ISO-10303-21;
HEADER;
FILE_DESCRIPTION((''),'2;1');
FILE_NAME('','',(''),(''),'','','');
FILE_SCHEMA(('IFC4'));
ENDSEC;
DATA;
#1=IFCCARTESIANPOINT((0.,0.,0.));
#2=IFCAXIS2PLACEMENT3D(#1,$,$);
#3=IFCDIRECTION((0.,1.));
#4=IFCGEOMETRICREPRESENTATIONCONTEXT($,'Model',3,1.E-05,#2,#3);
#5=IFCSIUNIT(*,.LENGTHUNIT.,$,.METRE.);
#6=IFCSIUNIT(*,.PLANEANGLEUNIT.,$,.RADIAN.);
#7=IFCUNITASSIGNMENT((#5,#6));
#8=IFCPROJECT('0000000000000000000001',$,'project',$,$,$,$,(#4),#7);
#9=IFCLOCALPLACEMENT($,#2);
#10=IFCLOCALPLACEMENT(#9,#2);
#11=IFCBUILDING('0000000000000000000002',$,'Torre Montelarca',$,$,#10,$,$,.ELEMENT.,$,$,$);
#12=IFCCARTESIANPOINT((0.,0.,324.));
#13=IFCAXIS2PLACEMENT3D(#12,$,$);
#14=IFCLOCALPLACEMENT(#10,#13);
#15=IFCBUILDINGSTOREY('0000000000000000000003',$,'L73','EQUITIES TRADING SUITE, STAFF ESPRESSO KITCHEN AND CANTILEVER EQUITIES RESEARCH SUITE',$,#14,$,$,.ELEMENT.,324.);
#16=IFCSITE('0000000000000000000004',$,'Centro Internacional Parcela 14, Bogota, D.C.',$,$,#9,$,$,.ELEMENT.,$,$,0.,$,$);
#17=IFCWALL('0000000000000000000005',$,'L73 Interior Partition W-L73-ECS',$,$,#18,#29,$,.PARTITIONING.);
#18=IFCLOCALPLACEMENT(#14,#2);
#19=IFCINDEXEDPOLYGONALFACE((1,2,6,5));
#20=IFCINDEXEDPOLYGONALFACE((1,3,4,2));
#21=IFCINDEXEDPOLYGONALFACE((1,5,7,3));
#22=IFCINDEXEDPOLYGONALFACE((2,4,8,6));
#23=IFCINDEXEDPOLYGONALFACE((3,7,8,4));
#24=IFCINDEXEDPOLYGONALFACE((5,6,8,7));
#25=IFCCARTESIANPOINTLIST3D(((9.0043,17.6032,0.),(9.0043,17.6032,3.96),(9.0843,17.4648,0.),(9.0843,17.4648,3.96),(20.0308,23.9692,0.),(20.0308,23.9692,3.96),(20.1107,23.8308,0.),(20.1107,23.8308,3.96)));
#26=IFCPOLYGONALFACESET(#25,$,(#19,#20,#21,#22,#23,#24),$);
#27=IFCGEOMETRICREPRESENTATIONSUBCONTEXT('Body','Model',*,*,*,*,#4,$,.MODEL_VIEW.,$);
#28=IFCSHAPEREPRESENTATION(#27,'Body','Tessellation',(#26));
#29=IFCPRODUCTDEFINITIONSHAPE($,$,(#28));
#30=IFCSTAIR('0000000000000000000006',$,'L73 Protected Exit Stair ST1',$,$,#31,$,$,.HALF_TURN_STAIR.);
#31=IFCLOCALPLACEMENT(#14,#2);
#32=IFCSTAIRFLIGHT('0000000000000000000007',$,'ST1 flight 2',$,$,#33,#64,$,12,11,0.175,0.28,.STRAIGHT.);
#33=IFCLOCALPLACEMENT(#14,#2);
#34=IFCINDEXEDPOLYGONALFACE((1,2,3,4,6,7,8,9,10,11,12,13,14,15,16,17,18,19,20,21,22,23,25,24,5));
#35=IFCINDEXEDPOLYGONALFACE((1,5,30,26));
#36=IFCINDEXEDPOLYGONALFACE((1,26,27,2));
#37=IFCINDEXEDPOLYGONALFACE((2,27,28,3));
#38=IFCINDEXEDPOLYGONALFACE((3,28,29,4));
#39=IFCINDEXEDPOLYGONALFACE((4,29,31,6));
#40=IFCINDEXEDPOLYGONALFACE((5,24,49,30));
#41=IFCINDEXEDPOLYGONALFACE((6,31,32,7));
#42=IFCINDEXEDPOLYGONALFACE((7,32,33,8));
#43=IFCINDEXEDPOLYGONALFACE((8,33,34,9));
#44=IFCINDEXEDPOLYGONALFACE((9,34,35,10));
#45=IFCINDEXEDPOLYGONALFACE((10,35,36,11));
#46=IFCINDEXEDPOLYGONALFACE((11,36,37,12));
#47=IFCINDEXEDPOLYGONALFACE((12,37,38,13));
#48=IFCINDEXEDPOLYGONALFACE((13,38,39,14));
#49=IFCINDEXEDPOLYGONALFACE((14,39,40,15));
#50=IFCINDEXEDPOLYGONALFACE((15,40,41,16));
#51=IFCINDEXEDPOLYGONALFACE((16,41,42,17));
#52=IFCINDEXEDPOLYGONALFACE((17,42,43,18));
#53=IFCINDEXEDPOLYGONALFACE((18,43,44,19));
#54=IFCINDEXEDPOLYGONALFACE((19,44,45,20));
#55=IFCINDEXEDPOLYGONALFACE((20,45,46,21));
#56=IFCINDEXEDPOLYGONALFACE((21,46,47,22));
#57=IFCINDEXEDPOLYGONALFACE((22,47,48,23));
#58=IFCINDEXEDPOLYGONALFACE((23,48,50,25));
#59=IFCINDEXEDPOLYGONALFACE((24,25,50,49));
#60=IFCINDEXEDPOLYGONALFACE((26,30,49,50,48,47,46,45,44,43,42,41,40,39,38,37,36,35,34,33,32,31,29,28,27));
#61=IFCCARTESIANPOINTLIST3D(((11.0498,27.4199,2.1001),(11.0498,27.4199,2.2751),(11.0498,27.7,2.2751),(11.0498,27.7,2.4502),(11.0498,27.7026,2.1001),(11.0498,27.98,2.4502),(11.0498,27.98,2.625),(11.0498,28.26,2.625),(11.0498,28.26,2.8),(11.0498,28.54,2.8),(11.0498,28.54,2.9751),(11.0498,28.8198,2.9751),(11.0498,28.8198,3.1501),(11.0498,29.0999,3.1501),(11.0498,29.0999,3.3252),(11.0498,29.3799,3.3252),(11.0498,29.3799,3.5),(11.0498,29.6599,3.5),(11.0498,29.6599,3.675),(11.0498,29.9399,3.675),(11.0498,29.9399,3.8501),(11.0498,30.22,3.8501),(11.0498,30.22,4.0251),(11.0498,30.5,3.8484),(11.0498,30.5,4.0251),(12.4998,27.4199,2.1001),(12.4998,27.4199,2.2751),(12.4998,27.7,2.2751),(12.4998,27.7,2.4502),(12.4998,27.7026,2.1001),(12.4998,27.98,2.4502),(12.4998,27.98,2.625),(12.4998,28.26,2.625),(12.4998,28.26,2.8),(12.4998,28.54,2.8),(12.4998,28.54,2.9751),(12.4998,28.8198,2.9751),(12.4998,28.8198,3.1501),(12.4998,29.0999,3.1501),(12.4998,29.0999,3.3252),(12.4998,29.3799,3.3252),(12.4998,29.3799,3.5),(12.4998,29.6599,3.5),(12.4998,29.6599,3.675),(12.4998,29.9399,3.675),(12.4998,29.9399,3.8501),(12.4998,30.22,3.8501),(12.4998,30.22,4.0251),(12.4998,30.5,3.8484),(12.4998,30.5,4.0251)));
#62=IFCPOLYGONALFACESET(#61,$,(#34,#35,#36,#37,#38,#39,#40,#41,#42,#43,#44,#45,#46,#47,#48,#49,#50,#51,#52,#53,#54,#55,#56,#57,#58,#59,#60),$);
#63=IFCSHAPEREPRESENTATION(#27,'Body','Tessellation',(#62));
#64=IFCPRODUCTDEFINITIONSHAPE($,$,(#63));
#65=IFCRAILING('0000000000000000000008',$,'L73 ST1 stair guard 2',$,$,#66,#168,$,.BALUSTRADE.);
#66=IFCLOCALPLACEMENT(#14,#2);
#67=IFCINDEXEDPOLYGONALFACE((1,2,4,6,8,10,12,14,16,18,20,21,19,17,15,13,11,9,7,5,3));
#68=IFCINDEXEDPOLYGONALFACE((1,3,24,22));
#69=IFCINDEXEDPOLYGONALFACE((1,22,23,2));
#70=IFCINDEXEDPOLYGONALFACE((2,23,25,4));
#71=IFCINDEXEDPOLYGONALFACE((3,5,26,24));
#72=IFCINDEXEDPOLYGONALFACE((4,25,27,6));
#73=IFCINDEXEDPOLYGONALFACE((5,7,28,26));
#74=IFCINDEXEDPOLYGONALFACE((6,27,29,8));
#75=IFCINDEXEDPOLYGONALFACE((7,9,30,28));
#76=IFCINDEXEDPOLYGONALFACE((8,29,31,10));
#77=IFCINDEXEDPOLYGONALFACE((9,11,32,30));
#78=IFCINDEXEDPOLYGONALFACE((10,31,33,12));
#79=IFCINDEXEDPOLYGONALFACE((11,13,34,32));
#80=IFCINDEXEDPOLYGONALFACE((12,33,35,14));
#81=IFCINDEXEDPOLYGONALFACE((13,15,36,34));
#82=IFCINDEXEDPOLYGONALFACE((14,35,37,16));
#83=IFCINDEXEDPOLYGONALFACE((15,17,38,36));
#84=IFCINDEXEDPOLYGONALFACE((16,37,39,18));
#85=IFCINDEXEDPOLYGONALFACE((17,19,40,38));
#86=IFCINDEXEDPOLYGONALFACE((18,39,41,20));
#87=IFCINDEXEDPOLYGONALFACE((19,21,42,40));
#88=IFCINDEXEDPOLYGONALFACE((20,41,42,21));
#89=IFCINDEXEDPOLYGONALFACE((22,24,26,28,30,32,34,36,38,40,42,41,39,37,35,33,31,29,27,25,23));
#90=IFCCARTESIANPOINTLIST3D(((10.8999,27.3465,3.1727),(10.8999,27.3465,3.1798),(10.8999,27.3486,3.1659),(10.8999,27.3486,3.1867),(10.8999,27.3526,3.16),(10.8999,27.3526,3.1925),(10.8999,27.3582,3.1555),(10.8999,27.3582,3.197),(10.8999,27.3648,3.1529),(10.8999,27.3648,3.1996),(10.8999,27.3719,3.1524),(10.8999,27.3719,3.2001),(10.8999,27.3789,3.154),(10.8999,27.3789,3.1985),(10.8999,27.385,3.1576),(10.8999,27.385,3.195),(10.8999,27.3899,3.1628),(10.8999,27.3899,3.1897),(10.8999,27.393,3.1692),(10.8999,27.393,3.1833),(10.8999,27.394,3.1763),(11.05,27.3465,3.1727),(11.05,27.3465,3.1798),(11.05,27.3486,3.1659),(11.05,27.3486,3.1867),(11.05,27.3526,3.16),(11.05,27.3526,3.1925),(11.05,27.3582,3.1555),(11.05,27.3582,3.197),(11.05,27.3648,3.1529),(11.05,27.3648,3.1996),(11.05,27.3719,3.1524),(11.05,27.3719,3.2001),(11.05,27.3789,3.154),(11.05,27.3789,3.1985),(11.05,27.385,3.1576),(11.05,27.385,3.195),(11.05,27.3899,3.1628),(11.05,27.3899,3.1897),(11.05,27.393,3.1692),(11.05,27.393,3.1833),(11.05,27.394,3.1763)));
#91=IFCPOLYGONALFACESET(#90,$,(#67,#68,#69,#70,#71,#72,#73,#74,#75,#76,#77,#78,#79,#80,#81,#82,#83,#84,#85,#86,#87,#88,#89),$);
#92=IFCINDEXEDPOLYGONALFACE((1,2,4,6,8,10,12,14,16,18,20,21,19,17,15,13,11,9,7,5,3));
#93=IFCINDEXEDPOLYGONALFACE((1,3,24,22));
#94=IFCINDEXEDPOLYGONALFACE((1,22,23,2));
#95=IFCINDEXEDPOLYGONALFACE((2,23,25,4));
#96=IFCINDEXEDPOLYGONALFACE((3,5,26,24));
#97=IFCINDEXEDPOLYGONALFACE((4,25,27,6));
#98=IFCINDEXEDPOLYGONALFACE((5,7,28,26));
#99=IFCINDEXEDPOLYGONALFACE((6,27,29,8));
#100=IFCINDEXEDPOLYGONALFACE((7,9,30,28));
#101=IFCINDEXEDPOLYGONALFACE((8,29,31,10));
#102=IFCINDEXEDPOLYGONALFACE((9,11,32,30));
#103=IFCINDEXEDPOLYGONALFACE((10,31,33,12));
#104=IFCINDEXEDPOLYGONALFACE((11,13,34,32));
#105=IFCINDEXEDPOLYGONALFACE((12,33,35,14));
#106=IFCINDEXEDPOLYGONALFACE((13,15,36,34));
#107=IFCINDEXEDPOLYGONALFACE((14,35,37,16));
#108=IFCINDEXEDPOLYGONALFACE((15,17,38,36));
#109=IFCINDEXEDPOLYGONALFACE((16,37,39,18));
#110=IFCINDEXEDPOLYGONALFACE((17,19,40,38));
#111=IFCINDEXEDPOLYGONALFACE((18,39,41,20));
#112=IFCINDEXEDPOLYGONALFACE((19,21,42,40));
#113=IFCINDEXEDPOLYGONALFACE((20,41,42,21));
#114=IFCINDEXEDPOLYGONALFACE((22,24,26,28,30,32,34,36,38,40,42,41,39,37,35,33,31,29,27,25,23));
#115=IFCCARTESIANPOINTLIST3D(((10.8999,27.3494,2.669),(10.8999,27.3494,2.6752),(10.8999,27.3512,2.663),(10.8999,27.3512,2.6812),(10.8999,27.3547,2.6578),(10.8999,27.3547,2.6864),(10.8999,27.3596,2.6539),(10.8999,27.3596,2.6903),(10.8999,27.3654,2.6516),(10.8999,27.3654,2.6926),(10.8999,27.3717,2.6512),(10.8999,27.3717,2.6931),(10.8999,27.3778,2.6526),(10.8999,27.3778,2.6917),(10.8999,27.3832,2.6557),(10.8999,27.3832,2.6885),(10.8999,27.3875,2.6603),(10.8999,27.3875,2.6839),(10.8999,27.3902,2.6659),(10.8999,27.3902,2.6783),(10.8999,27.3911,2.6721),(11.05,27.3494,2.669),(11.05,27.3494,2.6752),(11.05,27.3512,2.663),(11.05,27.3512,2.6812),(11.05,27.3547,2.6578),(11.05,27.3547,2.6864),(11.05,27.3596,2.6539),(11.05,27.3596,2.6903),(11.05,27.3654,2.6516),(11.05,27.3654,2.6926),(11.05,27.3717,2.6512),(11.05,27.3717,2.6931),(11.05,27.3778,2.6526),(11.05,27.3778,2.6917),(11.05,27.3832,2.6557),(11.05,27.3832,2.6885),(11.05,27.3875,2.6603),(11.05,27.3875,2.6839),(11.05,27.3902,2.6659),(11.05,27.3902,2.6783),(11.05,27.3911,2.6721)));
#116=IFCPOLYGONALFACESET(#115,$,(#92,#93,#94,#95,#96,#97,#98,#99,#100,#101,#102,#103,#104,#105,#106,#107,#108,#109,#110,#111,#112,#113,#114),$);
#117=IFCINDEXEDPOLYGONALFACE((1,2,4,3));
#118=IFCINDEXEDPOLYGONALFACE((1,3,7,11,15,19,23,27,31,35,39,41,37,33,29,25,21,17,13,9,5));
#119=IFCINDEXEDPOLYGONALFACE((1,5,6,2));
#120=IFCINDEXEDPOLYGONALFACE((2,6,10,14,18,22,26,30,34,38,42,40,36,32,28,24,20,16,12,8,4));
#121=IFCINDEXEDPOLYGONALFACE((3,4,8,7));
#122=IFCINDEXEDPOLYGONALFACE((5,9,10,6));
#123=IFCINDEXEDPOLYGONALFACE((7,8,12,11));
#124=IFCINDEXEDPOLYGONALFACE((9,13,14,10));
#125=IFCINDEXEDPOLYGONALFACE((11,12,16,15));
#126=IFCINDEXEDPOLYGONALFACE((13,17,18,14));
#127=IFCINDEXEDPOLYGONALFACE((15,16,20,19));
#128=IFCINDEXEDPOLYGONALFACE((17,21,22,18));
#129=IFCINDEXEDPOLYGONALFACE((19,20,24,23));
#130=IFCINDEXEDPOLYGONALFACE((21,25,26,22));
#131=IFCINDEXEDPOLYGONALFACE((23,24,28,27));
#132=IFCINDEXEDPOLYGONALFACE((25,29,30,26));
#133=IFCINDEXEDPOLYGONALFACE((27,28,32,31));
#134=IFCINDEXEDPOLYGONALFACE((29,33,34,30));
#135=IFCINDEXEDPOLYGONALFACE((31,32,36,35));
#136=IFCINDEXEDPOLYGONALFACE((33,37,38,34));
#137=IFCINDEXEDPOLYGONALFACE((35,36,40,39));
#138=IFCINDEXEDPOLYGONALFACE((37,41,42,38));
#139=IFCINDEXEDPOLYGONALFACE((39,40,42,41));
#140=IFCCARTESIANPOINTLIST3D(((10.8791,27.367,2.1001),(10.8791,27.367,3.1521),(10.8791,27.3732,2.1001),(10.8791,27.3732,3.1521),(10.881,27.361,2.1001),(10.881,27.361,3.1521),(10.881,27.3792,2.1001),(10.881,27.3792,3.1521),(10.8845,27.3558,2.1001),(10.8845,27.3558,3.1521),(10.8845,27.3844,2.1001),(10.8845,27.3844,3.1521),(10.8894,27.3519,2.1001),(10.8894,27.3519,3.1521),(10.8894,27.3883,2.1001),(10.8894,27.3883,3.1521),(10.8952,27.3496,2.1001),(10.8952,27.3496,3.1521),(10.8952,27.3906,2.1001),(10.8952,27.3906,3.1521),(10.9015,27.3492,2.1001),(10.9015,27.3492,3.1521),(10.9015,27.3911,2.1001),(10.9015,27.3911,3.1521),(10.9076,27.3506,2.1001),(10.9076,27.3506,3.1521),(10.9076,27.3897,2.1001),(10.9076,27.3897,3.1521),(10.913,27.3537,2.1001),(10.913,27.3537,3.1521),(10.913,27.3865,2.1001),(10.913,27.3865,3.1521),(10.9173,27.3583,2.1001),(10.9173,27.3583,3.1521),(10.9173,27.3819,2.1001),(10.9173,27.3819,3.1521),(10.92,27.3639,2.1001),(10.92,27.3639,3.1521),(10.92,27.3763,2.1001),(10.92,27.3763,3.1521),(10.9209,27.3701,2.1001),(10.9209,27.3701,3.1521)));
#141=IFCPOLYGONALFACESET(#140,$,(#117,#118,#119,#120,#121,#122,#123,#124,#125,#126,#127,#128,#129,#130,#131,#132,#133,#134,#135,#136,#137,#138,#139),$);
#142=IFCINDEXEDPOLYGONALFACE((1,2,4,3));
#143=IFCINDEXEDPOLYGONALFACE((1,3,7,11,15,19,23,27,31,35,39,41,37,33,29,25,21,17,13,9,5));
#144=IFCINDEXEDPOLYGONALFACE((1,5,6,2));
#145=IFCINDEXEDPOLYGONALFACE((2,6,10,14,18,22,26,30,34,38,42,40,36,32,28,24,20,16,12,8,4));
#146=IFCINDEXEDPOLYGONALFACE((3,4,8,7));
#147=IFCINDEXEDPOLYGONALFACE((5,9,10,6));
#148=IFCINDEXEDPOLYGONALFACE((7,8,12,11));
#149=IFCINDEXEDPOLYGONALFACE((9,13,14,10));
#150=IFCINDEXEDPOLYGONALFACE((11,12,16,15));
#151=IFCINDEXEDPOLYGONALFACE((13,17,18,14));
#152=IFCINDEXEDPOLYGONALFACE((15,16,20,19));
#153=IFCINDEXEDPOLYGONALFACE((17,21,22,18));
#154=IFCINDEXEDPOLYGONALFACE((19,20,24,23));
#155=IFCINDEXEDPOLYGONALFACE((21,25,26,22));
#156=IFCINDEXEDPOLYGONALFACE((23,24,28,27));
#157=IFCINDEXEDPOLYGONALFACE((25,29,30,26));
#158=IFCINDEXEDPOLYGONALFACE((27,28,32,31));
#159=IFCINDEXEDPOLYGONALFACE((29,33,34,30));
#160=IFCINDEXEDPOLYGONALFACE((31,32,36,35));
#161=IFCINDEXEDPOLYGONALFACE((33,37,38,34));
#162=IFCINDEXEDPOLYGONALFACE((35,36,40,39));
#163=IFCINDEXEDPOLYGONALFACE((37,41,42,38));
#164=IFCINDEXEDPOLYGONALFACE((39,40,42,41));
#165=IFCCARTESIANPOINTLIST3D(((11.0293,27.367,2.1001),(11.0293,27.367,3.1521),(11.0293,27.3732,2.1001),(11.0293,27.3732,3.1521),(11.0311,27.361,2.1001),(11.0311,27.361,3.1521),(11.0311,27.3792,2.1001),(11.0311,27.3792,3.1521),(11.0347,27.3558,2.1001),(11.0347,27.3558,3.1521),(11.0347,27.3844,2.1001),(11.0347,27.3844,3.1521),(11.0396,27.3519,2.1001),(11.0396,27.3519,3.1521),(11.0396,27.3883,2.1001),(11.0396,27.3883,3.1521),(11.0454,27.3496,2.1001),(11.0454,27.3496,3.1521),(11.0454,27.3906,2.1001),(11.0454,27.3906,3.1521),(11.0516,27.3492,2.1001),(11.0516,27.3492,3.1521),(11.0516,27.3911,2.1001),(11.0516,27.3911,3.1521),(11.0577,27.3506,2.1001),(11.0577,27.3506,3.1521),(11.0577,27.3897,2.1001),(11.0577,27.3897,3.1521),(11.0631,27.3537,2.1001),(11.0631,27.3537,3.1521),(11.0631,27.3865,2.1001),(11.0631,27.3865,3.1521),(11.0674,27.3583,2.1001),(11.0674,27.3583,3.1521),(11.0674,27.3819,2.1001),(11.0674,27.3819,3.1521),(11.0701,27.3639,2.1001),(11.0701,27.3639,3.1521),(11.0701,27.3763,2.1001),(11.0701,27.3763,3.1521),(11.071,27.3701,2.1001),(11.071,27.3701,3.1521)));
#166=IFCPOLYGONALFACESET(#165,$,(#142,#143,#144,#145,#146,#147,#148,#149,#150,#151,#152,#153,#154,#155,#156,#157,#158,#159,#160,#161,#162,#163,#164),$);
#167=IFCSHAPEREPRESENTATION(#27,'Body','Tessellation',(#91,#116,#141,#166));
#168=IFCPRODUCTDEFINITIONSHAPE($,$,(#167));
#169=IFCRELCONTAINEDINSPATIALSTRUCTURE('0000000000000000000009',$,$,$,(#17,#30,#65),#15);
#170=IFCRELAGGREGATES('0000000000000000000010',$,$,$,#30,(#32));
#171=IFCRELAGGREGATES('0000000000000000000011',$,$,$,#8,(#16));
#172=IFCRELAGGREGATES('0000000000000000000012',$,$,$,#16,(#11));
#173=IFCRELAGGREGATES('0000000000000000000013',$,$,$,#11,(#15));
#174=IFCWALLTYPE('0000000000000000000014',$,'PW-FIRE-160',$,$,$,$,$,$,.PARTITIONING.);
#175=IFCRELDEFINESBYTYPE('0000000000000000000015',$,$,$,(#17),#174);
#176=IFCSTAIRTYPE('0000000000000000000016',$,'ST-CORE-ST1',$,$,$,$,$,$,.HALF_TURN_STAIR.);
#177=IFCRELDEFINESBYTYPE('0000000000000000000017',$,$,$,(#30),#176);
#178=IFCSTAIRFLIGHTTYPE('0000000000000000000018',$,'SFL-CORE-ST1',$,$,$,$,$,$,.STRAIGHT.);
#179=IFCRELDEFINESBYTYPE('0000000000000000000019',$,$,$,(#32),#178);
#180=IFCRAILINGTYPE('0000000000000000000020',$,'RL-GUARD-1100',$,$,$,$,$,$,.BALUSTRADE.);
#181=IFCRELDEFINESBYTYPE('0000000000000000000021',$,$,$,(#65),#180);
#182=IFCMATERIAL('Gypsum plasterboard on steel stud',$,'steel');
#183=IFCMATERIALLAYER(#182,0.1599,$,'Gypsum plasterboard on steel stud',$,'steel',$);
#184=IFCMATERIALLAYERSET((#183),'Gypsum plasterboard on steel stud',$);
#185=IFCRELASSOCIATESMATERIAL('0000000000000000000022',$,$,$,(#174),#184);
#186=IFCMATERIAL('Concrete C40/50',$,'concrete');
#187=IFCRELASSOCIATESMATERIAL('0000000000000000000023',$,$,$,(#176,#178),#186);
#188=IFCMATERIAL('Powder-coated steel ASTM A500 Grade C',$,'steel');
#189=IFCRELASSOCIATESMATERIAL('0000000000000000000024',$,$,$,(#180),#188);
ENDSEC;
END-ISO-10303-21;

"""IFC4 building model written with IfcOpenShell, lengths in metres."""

from ifc_helpers import new_model, si_unit, direction, frame, frame_2d, origin, origin_2d, place, context, subcontext, project, spatial, polyline, rectangle, circle, outline, extrude, material, layer, layer_set, type_object, element, aggregate, save


model = new_model("IFC4")

# Units and contexts
model_context = context("Model", 3, precision=1e-05, world=origin(), true_north=direction((0.0, 1.0)))
body_context = subcontext(model_context, "Body", "Model", "MODEL_VIEW")
ifc_project = project(units=[si_unit("LENGTHUNIT", "METRE"), si_unit("PLANEANGLEUNIT", "RADIAN")], contexts=[model_context])

# Site, building, storey
site_placement = place(None, origin())
site = spatial("IfcSite", under=ifc_project, at=site_placement, Name="Centro Internacional Parcela 14, Bogota, D.C.", CompositionType="ELEMENT", RefElevation=0.0)
building_placement = place(site_placement, origin())
building = spatial("IfcBuilding", under=site, at=building_placement, Name="Torre Montelarca", CompositionType="ELEMENT")
storey_placement = place(building_placement, frame((0.0, 0.0, 324.0)))
storey = spatial("IfcBuildingStorey", under=building, at=storey_placement, Name="L73", Description="EQUITIES TRADING SUITE, STAFF ESPRESSO KITCHEN AND CANTILEVER EQUITIES RESEARCH SUITE", CompositionType="ELEMENT", Elevation=324.0)

# Shared definitions
ifc_material_1 = material(Name="Concrete C40/50", Category="concrete")

# Shared definitions
ifc_material_2 = material(Name="Gypsum plasterboard on steel stud", Category="steel")
ifc_layer_1 = layer(ifc_material_2, 0.1599, Name="Gypsum plasterboard on steel stud", Category="steel")
ifc_layer_set_1 = layer_set([ifc_layer_1], Name="Gypsum plasterboard on steel stud")
wall_type_1 = type_object("IfcWallType", Name="PW-FIRE-160", PredefinedType="PARTITIONING", material=ifc_layer_set_1)

# Wall
wall_1_placement = place(storey_placement, frame((9.0442, 17.5339, 0.0), z_axis=(0.0, 0.0, 1.0), x_axis=(0.866029, 0.499994, 0.0)))
element("IfcWall", 1, at=wall_1_placement, inside=storey, type_object=wall_type_1, Name="L73 Interior Partition W-L73-ECS", PredefinedType="PARTITIONING", context=body_context, shape_type="SweptSolid", body=[
    extrude(rectangle(XDim=12.7322, YDim=0.1599, at=frame_2d((6.3662, 0.0))), origin(), (0.0, 0.0, 1.0), 3.96),
])

# Stair, stair flight
stair_type = type_object("IfcStairType", Name="ST-CORE-ST1", PredefinedType="HALF_TURN_STAIR", material=ifc_material_1)
stair_placement = place(storey_placement, origin())
stair = element("IfcStair", 2, at=stair_placement, inside=storey, type_object=stair_type, Name="L73 Protected Exit Stair ST1", PredefinedType="HALF_TURN_STAIR")
stair_flight_type = type_object("IfcStairFlightType", Name="SFL-CORE-ST1", PredefinedType="STRAIGHT", material=ifc_material_1)
stair_flight_placement = place(storey_placement, frame((11.7749, 27.4199, 2.1001), z_axis=(0.0, 0.0, 1.0), x_axis=(0.0, 1.0, 0.0)))
stair_flight = element("IfcStairFlight", 3, at=stair_flight_placement, type_object=stair_flight_type, Name="ST1 flight 2", NumberOfRisers=12, NumberOfTreads=11, PredefinedType="STRAIGHT", RiserHeight=0.175, TreadLength=0.28, context=body_context, shape_type="SweptSolid", body=[
    extrude(outline(polyline([(0.0, 0.0), (0.0, 0.175), (0.28, 0.175), (0.28, 0.3501), (0.5601, 0.3501), (0.5601, 0.5249), (0.8401, 0.5249), (0.8401, 0.7), (1.1201, 0.7), (1.1201, 0.875), (1.3999, 0.875), (1.3999, 1.05), (1.6799, 1.05), (1.6799, 1.2251), (1.96, 1.2251), (1.96, 1.3999), (2.24, 1.3999), (2.24, 1.575), (2.52, 1.575), (2.52, 1.75), (2.8, 1.75), (2.8, 1.925), (3.0801, 1.925), (3.0801, 2.1001), (3.0801, 1.7483), (0.2827, 0.0), (0.0, 0.0)])), frame((0.0, 0.7251, 0.0), z_axis=(0.0, -1.0, 0.0), x_axis=(1.0, 0.0, 0.0)), (0.0, 0.0, 1.0), 1.45),
])
aggregate(stair, [stair_flight])

# Railing
ifc_material_3 = material(Name="Powder-coated steel ASTM A500 Grade C", Category="steel")
railing_type_1 = type_object("IfcRailingType", Name="RL-GUARD-1100", PredefinedType="BALUSTRADE", material=ifc_material_3)
railing_1_placement = place(storey_placement, frame((10.8999, 27.3701, 2.1001)))
element("IfcRailing", 4, at=railing_1_placement, inside=storey, type_object=railing_type_1, Name="L73 ST1 stair guard 2", PredefinedType="BALUSTRADE", context=body_context, shape_type="SweptSolid", body=[
    extrude(circle(Radius=0.0239, at=origin_2d()), frame((0.0, 0.0, 1.0762), z_axis=(1.0, 0.0, 0.0), x_axis=(0.0, 1.0, 0.0)), (0.0, 0.0, 1.0), 0.1501),
    extrude(circle(Radius=0.021, at=origin_2d()), frame((0.0, 0.0, 0.572), z_axis=(1.0, 0.0, 0.0), x_axis=(0.0, 1.0, 0.0)), (0.0, 0.0, 1.0), 0.1501),
    extrude(circle(Radius=0.021, at=origin_2d()), origin(), (0.0, 0.0, 1.0), 1.052),
    extrude(circle(Radius=0.021, at=origin_2d()), frame((0.1501, 0.0, 0.0)), (0.0, 0.0, 1.0), 1.052),
])

save(model, "model.ifc")
